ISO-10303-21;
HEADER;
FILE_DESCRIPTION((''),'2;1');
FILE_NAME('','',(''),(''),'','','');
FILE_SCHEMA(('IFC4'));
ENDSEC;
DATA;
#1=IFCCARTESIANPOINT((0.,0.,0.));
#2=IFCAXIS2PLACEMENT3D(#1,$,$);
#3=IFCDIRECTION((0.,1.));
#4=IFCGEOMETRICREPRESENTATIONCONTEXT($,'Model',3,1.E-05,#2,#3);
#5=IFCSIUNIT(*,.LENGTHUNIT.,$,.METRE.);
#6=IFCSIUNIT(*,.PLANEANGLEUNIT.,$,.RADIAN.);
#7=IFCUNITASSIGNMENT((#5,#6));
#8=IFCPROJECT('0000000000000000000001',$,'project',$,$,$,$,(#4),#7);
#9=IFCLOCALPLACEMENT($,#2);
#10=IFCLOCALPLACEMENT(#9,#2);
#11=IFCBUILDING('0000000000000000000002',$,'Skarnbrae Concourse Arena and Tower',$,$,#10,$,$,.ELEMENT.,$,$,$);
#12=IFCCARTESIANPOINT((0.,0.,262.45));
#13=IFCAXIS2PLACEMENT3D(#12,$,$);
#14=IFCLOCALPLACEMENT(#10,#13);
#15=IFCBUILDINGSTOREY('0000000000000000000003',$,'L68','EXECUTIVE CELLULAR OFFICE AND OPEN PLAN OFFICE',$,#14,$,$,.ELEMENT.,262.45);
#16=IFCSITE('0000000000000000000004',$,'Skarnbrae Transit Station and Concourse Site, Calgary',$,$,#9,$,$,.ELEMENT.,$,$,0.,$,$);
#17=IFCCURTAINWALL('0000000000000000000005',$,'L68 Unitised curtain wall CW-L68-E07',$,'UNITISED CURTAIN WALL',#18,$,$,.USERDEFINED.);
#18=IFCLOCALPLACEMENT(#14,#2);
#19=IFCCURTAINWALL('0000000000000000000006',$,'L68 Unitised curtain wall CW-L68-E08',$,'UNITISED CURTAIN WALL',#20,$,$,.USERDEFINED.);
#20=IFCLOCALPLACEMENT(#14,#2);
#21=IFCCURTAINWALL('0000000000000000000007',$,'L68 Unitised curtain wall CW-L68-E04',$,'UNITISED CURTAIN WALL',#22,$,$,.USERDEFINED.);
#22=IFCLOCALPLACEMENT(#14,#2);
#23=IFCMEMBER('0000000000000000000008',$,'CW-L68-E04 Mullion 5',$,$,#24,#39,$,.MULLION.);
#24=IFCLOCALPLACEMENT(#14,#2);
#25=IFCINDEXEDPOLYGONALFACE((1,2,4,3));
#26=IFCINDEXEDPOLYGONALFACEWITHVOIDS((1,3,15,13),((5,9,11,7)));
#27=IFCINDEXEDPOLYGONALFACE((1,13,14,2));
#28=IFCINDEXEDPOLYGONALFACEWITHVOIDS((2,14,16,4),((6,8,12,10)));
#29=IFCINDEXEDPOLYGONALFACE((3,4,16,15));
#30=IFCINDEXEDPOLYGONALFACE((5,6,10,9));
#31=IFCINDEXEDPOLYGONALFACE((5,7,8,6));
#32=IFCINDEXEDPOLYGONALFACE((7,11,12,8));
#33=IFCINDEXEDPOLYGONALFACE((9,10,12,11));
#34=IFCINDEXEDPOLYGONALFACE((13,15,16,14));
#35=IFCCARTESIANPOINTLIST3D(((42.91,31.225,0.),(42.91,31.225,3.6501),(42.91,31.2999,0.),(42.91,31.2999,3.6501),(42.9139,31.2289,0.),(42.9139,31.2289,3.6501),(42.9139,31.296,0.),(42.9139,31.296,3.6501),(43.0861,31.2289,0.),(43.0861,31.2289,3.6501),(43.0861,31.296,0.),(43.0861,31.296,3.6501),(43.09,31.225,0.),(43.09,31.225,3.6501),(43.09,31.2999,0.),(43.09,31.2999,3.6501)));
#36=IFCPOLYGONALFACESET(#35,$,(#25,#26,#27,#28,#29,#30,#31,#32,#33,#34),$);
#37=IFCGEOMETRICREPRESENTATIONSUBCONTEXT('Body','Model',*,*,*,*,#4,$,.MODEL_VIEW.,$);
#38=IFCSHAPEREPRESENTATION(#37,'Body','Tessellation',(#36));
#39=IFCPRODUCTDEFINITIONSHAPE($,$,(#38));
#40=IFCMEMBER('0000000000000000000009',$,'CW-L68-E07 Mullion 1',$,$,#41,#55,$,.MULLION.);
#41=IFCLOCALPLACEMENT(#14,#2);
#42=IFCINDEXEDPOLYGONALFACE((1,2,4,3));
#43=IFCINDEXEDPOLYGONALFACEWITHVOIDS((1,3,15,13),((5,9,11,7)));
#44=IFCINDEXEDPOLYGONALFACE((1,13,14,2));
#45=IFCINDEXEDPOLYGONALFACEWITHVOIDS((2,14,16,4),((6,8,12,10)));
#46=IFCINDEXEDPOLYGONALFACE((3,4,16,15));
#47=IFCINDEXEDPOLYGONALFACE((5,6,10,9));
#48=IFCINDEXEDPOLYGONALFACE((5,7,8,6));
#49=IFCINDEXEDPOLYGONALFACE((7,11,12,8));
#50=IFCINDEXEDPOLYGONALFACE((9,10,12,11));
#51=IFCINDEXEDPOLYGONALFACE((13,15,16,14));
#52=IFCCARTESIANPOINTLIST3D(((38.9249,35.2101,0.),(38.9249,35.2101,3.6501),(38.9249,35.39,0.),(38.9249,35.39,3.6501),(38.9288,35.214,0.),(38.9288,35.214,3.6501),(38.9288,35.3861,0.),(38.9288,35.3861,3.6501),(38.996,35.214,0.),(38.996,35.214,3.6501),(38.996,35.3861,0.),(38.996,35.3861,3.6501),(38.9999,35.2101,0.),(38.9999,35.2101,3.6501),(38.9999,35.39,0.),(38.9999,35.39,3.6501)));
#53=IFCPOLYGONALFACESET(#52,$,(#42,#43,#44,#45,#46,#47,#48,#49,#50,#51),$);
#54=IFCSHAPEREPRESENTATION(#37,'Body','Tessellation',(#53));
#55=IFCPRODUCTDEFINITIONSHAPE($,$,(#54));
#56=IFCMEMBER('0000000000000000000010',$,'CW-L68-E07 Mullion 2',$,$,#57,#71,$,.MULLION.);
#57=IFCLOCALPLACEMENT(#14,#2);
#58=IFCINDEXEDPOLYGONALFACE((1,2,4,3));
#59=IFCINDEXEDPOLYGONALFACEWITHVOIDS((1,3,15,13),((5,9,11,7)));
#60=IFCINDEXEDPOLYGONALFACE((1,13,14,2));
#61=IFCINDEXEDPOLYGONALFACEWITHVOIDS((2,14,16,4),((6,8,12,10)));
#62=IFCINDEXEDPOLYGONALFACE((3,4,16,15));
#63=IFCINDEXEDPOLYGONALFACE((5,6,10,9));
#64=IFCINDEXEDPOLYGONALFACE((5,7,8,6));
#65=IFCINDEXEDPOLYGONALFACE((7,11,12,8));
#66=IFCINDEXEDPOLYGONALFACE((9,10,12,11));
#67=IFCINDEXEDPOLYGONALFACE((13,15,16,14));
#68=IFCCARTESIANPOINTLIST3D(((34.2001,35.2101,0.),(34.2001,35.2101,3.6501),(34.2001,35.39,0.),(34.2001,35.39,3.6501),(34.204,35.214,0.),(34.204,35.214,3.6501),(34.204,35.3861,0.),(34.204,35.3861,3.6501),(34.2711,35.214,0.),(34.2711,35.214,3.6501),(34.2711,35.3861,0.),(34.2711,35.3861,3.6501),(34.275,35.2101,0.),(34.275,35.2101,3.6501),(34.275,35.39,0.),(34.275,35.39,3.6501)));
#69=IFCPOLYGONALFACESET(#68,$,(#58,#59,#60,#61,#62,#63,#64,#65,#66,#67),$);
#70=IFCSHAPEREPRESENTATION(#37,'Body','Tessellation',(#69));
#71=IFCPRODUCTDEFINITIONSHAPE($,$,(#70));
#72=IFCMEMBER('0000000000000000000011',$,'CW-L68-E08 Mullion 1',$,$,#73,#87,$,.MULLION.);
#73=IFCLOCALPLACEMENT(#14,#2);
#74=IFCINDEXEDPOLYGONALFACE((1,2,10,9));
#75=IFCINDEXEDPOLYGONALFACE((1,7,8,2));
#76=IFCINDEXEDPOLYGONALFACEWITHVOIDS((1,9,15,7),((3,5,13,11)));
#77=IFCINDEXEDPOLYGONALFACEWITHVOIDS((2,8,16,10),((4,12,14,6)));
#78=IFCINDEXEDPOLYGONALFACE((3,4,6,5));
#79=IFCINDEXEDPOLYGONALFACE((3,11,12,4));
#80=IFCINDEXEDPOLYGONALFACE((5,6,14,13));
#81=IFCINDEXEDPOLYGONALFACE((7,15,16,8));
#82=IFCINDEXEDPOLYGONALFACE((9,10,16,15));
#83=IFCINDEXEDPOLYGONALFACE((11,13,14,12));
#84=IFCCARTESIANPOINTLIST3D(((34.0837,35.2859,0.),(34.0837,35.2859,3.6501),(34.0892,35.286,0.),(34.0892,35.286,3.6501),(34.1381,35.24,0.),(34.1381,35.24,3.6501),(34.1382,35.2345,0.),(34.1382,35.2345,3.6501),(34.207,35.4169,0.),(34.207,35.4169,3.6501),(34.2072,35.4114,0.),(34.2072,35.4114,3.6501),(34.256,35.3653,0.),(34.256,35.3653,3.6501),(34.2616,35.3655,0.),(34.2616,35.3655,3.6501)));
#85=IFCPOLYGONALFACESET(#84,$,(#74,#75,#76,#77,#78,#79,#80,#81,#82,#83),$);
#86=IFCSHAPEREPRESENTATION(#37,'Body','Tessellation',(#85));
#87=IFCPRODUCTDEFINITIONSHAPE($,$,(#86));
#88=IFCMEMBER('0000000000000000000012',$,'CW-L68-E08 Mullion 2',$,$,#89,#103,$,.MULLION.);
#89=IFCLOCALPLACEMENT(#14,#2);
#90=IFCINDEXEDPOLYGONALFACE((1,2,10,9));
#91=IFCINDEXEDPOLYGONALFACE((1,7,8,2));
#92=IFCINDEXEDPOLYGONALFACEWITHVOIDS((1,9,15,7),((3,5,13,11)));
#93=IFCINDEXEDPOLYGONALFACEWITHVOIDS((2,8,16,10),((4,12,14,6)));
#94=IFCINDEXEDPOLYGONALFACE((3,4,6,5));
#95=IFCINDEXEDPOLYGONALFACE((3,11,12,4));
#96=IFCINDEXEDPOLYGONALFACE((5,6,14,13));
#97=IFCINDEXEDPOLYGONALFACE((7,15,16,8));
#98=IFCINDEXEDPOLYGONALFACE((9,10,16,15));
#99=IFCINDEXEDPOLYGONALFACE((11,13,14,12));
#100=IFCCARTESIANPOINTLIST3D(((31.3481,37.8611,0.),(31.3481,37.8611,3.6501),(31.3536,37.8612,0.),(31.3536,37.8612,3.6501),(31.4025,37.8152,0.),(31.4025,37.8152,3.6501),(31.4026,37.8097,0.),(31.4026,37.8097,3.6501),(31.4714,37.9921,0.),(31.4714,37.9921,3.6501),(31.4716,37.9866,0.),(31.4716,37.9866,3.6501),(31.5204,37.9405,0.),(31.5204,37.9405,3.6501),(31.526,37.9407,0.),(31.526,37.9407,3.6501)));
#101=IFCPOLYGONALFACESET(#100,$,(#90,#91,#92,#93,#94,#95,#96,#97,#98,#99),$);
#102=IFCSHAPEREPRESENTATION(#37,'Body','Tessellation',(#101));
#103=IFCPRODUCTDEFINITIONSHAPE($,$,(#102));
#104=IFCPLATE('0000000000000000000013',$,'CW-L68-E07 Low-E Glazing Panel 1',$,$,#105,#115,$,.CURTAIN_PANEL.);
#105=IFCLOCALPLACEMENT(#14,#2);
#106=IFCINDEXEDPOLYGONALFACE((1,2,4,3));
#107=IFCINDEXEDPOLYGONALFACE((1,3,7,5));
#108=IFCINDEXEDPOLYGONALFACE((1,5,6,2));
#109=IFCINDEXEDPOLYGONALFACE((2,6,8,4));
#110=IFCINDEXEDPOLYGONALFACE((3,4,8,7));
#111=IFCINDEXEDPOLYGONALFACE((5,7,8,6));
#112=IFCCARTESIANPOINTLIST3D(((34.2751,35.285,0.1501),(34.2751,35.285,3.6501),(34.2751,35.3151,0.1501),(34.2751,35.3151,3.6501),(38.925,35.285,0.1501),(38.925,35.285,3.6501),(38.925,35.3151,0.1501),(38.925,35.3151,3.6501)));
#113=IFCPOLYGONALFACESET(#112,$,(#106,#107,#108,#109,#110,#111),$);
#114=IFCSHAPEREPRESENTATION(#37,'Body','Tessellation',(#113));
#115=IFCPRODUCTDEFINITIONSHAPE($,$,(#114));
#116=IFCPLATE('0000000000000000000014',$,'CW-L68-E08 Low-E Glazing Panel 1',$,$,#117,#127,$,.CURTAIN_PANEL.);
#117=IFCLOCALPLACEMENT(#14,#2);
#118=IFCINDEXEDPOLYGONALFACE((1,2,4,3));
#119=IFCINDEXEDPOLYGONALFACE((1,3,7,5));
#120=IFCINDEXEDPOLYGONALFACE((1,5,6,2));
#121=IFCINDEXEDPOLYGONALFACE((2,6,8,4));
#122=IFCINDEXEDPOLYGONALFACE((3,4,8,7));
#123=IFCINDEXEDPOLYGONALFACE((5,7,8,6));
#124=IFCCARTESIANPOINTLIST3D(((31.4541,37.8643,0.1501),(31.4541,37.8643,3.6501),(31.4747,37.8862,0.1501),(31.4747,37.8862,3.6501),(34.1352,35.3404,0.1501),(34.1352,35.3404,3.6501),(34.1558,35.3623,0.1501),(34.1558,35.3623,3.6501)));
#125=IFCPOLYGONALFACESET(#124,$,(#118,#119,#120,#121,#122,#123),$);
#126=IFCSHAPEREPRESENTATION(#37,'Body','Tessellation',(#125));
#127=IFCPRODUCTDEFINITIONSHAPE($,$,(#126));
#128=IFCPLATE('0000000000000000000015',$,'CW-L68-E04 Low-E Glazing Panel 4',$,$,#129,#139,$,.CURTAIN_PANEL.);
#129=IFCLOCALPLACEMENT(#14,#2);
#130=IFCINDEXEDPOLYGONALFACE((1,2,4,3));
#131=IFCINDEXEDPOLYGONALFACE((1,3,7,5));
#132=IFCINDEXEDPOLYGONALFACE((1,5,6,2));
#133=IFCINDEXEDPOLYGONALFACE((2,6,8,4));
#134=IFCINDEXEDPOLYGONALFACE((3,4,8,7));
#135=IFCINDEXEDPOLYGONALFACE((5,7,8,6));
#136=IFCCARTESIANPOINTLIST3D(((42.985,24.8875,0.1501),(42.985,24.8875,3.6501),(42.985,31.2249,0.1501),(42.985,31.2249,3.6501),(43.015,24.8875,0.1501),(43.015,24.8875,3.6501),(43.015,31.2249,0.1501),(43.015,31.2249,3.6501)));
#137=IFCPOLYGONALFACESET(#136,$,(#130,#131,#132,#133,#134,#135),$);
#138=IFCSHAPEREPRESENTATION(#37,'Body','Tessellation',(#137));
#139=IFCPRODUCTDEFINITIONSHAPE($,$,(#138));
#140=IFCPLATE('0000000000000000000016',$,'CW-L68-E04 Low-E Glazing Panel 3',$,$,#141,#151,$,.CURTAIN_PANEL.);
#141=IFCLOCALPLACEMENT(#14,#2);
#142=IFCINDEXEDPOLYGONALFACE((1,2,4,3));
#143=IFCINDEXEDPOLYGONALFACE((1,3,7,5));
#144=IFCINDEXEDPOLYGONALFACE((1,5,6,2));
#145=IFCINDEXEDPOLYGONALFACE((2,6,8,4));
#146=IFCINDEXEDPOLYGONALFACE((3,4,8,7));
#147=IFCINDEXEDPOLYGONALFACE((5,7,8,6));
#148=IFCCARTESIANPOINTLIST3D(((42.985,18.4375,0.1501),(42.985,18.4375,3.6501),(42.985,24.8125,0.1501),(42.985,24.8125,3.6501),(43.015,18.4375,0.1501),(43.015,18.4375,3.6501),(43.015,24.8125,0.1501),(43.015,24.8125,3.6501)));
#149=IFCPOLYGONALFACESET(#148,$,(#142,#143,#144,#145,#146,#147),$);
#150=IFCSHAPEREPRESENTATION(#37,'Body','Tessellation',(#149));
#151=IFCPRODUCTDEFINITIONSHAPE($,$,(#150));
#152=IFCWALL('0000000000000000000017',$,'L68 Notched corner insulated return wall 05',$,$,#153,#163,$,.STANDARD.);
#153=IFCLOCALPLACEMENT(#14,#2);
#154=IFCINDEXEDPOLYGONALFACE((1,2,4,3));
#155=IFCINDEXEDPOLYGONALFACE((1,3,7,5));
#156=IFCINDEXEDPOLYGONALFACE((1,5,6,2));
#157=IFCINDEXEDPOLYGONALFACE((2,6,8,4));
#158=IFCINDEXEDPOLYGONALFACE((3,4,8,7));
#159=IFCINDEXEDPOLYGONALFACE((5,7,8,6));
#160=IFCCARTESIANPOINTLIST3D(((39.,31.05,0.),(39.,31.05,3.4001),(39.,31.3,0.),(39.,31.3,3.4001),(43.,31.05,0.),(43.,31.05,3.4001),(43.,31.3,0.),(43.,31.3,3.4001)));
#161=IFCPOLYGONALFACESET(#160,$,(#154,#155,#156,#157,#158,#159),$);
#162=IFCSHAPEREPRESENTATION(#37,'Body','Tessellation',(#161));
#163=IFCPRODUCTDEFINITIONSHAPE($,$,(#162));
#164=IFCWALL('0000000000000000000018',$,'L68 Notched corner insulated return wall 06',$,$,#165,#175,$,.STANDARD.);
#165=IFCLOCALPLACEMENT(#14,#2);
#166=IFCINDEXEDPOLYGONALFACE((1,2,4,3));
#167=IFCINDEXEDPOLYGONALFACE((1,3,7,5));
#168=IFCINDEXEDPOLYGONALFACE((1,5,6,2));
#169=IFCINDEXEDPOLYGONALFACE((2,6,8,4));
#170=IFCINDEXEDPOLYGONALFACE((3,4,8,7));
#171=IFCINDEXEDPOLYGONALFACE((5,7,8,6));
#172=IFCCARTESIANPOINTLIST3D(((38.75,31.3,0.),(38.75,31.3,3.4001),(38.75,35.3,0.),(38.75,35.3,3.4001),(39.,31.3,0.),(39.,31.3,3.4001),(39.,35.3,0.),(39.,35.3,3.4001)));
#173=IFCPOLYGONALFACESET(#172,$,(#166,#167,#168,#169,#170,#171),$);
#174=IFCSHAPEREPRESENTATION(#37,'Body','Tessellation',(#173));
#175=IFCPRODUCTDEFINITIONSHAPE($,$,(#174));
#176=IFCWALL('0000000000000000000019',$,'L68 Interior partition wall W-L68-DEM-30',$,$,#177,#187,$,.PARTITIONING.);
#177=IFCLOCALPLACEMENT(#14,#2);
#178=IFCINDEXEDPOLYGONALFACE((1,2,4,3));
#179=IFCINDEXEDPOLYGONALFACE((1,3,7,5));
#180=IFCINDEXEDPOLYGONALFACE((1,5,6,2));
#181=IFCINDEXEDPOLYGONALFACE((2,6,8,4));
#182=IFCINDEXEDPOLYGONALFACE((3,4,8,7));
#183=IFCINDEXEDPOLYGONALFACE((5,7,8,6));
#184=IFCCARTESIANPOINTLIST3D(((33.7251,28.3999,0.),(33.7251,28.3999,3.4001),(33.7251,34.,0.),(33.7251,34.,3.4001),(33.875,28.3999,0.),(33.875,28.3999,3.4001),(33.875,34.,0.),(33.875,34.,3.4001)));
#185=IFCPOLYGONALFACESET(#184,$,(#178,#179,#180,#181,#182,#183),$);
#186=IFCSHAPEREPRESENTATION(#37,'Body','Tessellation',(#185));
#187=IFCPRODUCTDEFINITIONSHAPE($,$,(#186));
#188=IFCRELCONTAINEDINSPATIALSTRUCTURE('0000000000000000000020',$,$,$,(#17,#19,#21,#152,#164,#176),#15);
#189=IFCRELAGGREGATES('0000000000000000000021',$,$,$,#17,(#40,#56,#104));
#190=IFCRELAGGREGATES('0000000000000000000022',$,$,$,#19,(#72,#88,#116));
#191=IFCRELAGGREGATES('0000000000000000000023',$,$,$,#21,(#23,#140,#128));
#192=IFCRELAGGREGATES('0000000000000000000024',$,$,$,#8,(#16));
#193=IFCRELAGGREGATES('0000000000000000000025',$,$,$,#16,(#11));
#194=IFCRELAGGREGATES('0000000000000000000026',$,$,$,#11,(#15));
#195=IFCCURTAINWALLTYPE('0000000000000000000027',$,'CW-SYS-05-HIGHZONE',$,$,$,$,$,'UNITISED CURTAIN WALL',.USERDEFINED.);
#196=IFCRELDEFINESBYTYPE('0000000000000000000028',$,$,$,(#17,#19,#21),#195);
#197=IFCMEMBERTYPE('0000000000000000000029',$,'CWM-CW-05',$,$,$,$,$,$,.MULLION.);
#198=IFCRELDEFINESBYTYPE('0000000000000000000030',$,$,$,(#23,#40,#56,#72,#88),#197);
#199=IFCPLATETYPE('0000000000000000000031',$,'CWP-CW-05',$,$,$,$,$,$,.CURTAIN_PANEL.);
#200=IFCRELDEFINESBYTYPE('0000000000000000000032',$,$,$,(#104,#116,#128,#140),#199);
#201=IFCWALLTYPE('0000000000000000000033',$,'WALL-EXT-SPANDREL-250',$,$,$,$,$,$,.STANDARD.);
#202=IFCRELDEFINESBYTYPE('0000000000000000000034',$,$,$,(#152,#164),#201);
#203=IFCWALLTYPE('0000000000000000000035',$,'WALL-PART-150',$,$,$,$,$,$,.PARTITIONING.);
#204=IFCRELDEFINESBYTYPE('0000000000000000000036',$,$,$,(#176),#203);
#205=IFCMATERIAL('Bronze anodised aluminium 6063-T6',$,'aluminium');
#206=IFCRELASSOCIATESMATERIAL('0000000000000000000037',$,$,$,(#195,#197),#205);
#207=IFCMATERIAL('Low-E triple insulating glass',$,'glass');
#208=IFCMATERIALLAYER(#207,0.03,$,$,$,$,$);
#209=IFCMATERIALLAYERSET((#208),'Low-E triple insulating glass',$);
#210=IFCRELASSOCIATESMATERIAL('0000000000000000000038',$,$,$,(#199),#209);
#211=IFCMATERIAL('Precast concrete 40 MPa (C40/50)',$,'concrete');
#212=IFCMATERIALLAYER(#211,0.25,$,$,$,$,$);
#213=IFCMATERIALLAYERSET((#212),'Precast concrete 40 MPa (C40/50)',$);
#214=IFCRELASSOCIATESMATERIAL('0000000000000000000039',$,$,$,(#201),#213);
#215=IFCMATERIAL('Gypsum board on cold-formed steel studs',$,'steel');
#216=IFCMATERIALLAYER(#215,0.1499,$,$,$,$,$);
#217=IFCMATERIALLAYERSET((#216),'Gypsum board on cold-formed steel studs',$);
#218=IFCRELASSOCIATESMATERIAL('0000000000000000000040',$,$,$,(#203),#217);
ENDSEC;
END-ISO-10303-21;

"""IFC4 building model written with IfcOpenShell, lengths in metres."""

from ifc_helpers import new_model, si_unit, direction, frame, frame_2d, origin, origin_2d, place, context, subcontext, project, spatial, rectangle, hollow_rectangle, extrude, source, transform, mapped, material, layer, layer_set, material_profile, profile_set, type_object, element, aggregate, save


model = new_model("IFC4")

# Units and contexts
model_context = context("Model", 3, precision=1e-05, world=origin(), true_north=direction((0.0, 1.0)))
body_context = subcontext(model_context, "Body", "Model", "MODEL_VIEW")
ifc_project = project(units=[si_unit("LENGTHUNIT", "METRE"), si_unit("PLANEANGLEUNIT", "RADIAN")], contexts=[model_context])

# Site, building, storey
site_placement = place(None, origin())
site = spatial("IfcSite", under=ifc_project, at=site_placement, Name="Skarnbrae Transit Station and Concourse Site, Calgary", CompositionType="ELEMENT", RefElevation=0.0)
building_placement = place(site_placement, origin())
building = spatial("IfcBuilding", under=site, at=building_placement, Name="Skarnbrae Concourse Arena and Tower", CompositionType="ELEMENT")
storey_placement = place(building_placement, frame((0.0, 0.0, 262.45)))
storey = spatial("IfcBuildingStorey", under=building, at=storey_placement, Name="L68", Description="EXECUTIVE CELLULAR OFFICE AND OPEN PLAN OFFICE", CompositionType="ELEMENT", Elevation=262.45)

# Curtain walls
ifc_material_1 = material(Name="Bronze anodised aluminium 6063-T6", Category="aluminium")
curtain_wall_type_1 = type_object("IfcCurtainWallType", Name="CW-SYS-05-HIGHZONE", ElementType="UNITISED CURTAIN WALL", PredefinedType="USERDEFINED", material=ifc_material_1)
curtain_wall_1_placement = place(storey_placement, origin())
curtain_wall_1 = element("IfcCurtainWall", 1, at=curtain_wall_1_placement, inside=storey, type_object=curtain_wall_type_1, Name="L68 Unitised curtain wall CW-L68-E07", ObjectType="UNITISED CURTAIN WALL", PredefinedType="USERDEFINED")
curtain_wall_2_placement = place(storey_placement, origin())
curtain_wall_2 = element("IfcCurtainWall", 2, at=curtain_wall_2_placement, inside=storey, type_object=curtain_wall_type_1, Name="L68 Unitised curtain wall CW-L68-E08", ObjectType="UNITISED CURTAIN WALL", PredefinedType="USERDEFINED")

# Curtain wall, member
curtain_wall_3_placement = place(storey_placement, origin())
curtain_wall_3 = element("IfcCurtainWall", 3, at=curtain_wall_3_placement, inside=storey, type_object=curtain_wall_type_1, Name="L68 Unitised curtain wall CW-L68-E04", ObjectType="UNITISED CURTAIN WALL", PredefinedType="USERDEFINED")
ifc_material_profile_1 = material_profile(ifc_material_1, hollow_rectangle(XDim=0.075, YDim=0.1799, WallThickness=0.0039, at=origin_2d()), Name="ALU-MULL-75X180")
ifc_profile_set_1 = profile_set([ifc_material_profile_1], Name="Bronze anodised aluminium 6063-T6")
member_type_1 = type_object("IfcMemberType", Name="CWM-CW-05", PredefinedType="MULLION", material=ifc_profile_set_1)
shared_shape_1 = source(origin(), body_context, "Body", "SweptSolid", [
    extrude(hollow_rectangle(XDim=0.075, YDim=0.1799, WallThickness=0.0039, at=origin_2d()), origin(), (0.0, 0.0, 1.0), 3.6501),
])
member_1_placement = place(storey_placement, frame((43.0, 31.2625, 0.0), z_axis=(0.0, 0.0, 1.0), x_axis=(0.0, 1.0, 0.0)))
member_1 = element("IfcMember", 4, at=member_1_placement, type_object=member_type_1, Name="CW-L68-E04 Mullion 5", PredefinedType="MULLION", context=body_context, shape_type="MappedRepresentation", body=[
    mapped(shared_shape_1, transform((0.0, 0.0, 0.0))),
])

# Members
member_2_placement = place(storey_placement, frame((38.9624, 35.3, 0.0), z_axis=(0.0, 0.0, 1.0), x_axis=(-1.0, 0.0, 0.0)))
member_2 = element("IfcMember", 5, at=member_2_placement, type_object=member_type_1, Name="CW-L68-E07 Mullion 1", PredefinedType="MULLION", context=body_context, shape_type="MappedRepresentation", body=[
    mapped(shared_shape_1, transform((0.0, 0.0, 0.0))),
])
member_3_placement = place(storey_placement, frame((34.2375, 35.3, 0.0), z_axis=(0.0, 0.0, 1.0), x_axis=(-1.0, 0.0, 0.0)))
member_3 = element("IfcMember", 6, at=member_3_placement, type_object=member_type_1, Name="CW-L68-E07 Mullion 2", PredefinedType="MULLION", context=body_context, shape_type="MappedRepresentation", body=[
    mapped(shared_shape_1, transform((0.0, 0.0, 0.0))),
])
member_4_placement = place(storey_placement, frame((34.1726, 35.3257, 0.0), z_axis=(0.0, 0.0, 1.0), x_axis=(-0.728131, 0.685438, 0.0)))
member_4 = element("IfcMember", 7, at=member_4_placement, type_object=member_type_1, Name="CW-L68-E08 Mullion 1", PredefinedType="MULLION", context=body_context, shape_type="MappedRepresentation", body=[
    mapped(shared_shape_1, transform((0.0, 0.0, 0.0))),
])
member_5_placement = place(storey_placement, frame((31.437, 37.9009, 0.0), z_axis=(0.0, 0.0, 1.0), x_axis=(-0.728131, 0.685438, 0.0)))
member_5 = element("IfcMember", 8, at=member_5_placement, type_object=member_type_1, Name="CW-L68-E08 Mullion 2", PredefinedType="MULLION", context=body_context, shape_type="MappedRepresentation", body=[
    mapped(shared_shape_1, transform((0.0, 0.0, 0.0))),
])

# Plates
ifc_material_2 = material(Name="Low-E triple insulating glass", Category="glass")
ifc_layer_1 = layer(ifc_material_2, 0.03)
ifc_layer_set_1 = layer_set([ifc_layer_1], Name="Low-E triple insulating glass")
plate_type = type_object("IfcPlateType", Name="CWP-CW-05", PredefinedType="CURTAIN_PANEL", material=ifc_layer_set_1)
shared_shape_2 = source(origin(), body_context, "Body", "SweptSolid", [
    extrude(rectangle(XDim=4.6499, YDim=0.03, at=origin_2d()), origin(), (0.0, 0.0, 1.0), 3.5),
])
plate_1_placement = place(storey_placement, frame((36.6001, 35.3, 0.1501), z_axis=(0.0, 0.0, 1.0), x_axis=(-1.0, 0.0, 0.0)))
plate_1 = element("IfcPlate", 9, at=plate_1_placement, type_object=plate_type, Name="CW-L68-E07 Low-E Glazing Panel 1", PredefinedType="CURTAIN_PANEL", context=body_context, shape_type="MappedRepresentation", body=[
    mapped(shared_shape_2, transform((0.0, 0.0, 0.0))),
])
aggregate(curtain_wall_1, [member_2, member_3, plate_1])
shared_shape_3 = source(origin(), body_context, "Body", "SweptSolid", [
    extrude(rectangle(XDim=3.6821, YDim=0.03, at=origin_2d()), origin(), (0.0, 0.0, 1.0), 3.5),
])
plate_2_placement = place(storey_placement, frame((32.8049, 36.6133, 0.1501), z_axis=(0.0, 0.0, 1.0), x_axis=(-0.728131, 0.685438, 0.0)))
plate_2 = element("IfcPlate", 10, at=plate_2_placement, type_object=plate_type, Name="CW-L68-E08 Low-E Glazing Panel 1", PredefinedType="CURTAIN_PANEL", context=body_context, shape_type="MappedRepresentation", body=[
    mapped(shared_shape_3, transform((0.0, 0.0, 0.0))),
])
aggregate(curtain_wall_2, [member_4, member_5, plate_2])
shared_shape_4 = source(origin(), body_context, "Body", "SweptSolid", [
    extrude(rectangle(XDim=6.3374, YDim=0.03, at=origin_2d()), origin(), (0.0, 0.0, 1.0), 3.5),
])
plate_3_placement = place(storey_placement, frame((43.0, 28.0562, 0.1501), z_axis=(0.0, 0.0, 1.0), x_axis=(0.0, 1.0, 0.0)))
plate_3 = element("IfcPlate", 11, at=plate_3_placement, type_object=plate_type, Name="CW-L68-E04 Low-E Glazing Panel 4", PredefinedType="CURTAIN_PANEL", context=body_context, shape_type="MappedRepresentation", body=[
    mapped(shared_shape_4, transform((0.0, 0.0, 0.0))),
])
shared_shape_5 = source(origin(), body_context, "Body", "SweptSolid", [
    extrude(rectangle(XDim=6.375, YDim=0.03, at=origin_2d()), origin(), (0.0, 0.0, 1.0), 3.5),
])
plate_4_placement = place(storey_placement, frame((43.0, 21.625, 0.1501), z_axis=(0.0, 0.0, 1.0), x_axis=(0.0, 1.0, 0.0)))
plate_4 = element("IfcPlate", 12, at=plate_4_placement, type_object=plate_type, Name="CW-L68-E04 Low-E Glazing Panel 3", PredefinedType="CURTAIN_PANEL", context=body_context, shape_type="MappedRepresentation", body=[
    mapped(shared_shape_5, transform((0.0, 0.0, 0.0))),
])
aggregate(curtain_wall_3, [member_1, plate_4, plate_3])

# Walls
ifc_material_3 = material(Name="Precast concrete 40 MPa (C40/50)", Category="concrete")
ifc_layer_2 = layer(ifc_material_3, 0.25)
ifc_layer_set_2 = layer_set([ifc_layer_2], Name="Precast concrete 40 MPa (C40/50)")
wall_type_1 = type_object("IfcWallType", Name="WALL-EXT-SPANDREL-250", PredefinedType="STANDARD", material=ifc_layer_set_2)
shared_shape_6 = source(origin(), body_context, "Body", "SweptSolid", [
    extrude(rectangle(XDim=4.0, YDim=0.25, at=frame_2d((2.0, 0.0))), origin(), (0.0, 0.0, 1.0), 3.4001),
])
for number, where, z_axis, x_axis, name in (
    (13, (43.0, 31.175, 0.0), (0.0, 0.0, 1.0), (-1.0, 0.0, 0.0), "L68 Notched corner insulated return wall 05"),
    (14, (38.875, 31.3, 0.0), (0.0, 0.0, 1.0), (0.0, 1.0, 0.0), "L68 Notched corner insulated return wall 06"),
):
    element("IfcWall", number, at=place(storey_placement, frame(where, z_axis=z_axis, x_axis=x_axis)), inside=storey, type_object=wall_type_1, Name=name, PredefinedType="STANDARD", context=body_context, shape_type="MappedRepresentation", body=[
        mapped(shared_shape_6, transform((0.0, 0.0, 0.0))),
    ])
ifc_material_4 = material(Name="Gypsum board on cold-formed steel studs", Category="steel")
ifc_layer_3 = layer(ifc_material_4, 0.1499)
ifc_layer_set_3 = layer_set([ifc_layer_3], Name="Gypsum board on cold-formed steel studs")
wall_type_2 = type_object("IfcWallType", Name="WALL-PART-150", PredefinedType="PARTITIONING", material=ifc_layer_set_3)
shared_shape_7 = source(origin(), body_context, "Body", "SweptSolid", [
    extrude(rectangle(XDim=5.6001, YDim=0.1499, at=frame_2d((2.8, 0.0))), origin(), (0.0, 0.0, 1.0), 3.4001),
])
wall_1_placement = place(storey_placement, frame((33.8, 34.0, 0.0), z_axis=(0.0, 0.0, 1.0), x_axis=(0.0, -1.0, 0.0)))
element("IfcWall", 15, at=wall_1_placement, inside=storey, type_object=wall_type_2, Name="L68 Interior partition wall W-L68-DEM-30", PredefinedType="PARTITIONING", context=body_context, shape_type="MappedRepresentation", body=[
    mapped(shared_shape_7, transform((0.0, 0.0, 0.0))),
])

save(model, "model.ifc")
